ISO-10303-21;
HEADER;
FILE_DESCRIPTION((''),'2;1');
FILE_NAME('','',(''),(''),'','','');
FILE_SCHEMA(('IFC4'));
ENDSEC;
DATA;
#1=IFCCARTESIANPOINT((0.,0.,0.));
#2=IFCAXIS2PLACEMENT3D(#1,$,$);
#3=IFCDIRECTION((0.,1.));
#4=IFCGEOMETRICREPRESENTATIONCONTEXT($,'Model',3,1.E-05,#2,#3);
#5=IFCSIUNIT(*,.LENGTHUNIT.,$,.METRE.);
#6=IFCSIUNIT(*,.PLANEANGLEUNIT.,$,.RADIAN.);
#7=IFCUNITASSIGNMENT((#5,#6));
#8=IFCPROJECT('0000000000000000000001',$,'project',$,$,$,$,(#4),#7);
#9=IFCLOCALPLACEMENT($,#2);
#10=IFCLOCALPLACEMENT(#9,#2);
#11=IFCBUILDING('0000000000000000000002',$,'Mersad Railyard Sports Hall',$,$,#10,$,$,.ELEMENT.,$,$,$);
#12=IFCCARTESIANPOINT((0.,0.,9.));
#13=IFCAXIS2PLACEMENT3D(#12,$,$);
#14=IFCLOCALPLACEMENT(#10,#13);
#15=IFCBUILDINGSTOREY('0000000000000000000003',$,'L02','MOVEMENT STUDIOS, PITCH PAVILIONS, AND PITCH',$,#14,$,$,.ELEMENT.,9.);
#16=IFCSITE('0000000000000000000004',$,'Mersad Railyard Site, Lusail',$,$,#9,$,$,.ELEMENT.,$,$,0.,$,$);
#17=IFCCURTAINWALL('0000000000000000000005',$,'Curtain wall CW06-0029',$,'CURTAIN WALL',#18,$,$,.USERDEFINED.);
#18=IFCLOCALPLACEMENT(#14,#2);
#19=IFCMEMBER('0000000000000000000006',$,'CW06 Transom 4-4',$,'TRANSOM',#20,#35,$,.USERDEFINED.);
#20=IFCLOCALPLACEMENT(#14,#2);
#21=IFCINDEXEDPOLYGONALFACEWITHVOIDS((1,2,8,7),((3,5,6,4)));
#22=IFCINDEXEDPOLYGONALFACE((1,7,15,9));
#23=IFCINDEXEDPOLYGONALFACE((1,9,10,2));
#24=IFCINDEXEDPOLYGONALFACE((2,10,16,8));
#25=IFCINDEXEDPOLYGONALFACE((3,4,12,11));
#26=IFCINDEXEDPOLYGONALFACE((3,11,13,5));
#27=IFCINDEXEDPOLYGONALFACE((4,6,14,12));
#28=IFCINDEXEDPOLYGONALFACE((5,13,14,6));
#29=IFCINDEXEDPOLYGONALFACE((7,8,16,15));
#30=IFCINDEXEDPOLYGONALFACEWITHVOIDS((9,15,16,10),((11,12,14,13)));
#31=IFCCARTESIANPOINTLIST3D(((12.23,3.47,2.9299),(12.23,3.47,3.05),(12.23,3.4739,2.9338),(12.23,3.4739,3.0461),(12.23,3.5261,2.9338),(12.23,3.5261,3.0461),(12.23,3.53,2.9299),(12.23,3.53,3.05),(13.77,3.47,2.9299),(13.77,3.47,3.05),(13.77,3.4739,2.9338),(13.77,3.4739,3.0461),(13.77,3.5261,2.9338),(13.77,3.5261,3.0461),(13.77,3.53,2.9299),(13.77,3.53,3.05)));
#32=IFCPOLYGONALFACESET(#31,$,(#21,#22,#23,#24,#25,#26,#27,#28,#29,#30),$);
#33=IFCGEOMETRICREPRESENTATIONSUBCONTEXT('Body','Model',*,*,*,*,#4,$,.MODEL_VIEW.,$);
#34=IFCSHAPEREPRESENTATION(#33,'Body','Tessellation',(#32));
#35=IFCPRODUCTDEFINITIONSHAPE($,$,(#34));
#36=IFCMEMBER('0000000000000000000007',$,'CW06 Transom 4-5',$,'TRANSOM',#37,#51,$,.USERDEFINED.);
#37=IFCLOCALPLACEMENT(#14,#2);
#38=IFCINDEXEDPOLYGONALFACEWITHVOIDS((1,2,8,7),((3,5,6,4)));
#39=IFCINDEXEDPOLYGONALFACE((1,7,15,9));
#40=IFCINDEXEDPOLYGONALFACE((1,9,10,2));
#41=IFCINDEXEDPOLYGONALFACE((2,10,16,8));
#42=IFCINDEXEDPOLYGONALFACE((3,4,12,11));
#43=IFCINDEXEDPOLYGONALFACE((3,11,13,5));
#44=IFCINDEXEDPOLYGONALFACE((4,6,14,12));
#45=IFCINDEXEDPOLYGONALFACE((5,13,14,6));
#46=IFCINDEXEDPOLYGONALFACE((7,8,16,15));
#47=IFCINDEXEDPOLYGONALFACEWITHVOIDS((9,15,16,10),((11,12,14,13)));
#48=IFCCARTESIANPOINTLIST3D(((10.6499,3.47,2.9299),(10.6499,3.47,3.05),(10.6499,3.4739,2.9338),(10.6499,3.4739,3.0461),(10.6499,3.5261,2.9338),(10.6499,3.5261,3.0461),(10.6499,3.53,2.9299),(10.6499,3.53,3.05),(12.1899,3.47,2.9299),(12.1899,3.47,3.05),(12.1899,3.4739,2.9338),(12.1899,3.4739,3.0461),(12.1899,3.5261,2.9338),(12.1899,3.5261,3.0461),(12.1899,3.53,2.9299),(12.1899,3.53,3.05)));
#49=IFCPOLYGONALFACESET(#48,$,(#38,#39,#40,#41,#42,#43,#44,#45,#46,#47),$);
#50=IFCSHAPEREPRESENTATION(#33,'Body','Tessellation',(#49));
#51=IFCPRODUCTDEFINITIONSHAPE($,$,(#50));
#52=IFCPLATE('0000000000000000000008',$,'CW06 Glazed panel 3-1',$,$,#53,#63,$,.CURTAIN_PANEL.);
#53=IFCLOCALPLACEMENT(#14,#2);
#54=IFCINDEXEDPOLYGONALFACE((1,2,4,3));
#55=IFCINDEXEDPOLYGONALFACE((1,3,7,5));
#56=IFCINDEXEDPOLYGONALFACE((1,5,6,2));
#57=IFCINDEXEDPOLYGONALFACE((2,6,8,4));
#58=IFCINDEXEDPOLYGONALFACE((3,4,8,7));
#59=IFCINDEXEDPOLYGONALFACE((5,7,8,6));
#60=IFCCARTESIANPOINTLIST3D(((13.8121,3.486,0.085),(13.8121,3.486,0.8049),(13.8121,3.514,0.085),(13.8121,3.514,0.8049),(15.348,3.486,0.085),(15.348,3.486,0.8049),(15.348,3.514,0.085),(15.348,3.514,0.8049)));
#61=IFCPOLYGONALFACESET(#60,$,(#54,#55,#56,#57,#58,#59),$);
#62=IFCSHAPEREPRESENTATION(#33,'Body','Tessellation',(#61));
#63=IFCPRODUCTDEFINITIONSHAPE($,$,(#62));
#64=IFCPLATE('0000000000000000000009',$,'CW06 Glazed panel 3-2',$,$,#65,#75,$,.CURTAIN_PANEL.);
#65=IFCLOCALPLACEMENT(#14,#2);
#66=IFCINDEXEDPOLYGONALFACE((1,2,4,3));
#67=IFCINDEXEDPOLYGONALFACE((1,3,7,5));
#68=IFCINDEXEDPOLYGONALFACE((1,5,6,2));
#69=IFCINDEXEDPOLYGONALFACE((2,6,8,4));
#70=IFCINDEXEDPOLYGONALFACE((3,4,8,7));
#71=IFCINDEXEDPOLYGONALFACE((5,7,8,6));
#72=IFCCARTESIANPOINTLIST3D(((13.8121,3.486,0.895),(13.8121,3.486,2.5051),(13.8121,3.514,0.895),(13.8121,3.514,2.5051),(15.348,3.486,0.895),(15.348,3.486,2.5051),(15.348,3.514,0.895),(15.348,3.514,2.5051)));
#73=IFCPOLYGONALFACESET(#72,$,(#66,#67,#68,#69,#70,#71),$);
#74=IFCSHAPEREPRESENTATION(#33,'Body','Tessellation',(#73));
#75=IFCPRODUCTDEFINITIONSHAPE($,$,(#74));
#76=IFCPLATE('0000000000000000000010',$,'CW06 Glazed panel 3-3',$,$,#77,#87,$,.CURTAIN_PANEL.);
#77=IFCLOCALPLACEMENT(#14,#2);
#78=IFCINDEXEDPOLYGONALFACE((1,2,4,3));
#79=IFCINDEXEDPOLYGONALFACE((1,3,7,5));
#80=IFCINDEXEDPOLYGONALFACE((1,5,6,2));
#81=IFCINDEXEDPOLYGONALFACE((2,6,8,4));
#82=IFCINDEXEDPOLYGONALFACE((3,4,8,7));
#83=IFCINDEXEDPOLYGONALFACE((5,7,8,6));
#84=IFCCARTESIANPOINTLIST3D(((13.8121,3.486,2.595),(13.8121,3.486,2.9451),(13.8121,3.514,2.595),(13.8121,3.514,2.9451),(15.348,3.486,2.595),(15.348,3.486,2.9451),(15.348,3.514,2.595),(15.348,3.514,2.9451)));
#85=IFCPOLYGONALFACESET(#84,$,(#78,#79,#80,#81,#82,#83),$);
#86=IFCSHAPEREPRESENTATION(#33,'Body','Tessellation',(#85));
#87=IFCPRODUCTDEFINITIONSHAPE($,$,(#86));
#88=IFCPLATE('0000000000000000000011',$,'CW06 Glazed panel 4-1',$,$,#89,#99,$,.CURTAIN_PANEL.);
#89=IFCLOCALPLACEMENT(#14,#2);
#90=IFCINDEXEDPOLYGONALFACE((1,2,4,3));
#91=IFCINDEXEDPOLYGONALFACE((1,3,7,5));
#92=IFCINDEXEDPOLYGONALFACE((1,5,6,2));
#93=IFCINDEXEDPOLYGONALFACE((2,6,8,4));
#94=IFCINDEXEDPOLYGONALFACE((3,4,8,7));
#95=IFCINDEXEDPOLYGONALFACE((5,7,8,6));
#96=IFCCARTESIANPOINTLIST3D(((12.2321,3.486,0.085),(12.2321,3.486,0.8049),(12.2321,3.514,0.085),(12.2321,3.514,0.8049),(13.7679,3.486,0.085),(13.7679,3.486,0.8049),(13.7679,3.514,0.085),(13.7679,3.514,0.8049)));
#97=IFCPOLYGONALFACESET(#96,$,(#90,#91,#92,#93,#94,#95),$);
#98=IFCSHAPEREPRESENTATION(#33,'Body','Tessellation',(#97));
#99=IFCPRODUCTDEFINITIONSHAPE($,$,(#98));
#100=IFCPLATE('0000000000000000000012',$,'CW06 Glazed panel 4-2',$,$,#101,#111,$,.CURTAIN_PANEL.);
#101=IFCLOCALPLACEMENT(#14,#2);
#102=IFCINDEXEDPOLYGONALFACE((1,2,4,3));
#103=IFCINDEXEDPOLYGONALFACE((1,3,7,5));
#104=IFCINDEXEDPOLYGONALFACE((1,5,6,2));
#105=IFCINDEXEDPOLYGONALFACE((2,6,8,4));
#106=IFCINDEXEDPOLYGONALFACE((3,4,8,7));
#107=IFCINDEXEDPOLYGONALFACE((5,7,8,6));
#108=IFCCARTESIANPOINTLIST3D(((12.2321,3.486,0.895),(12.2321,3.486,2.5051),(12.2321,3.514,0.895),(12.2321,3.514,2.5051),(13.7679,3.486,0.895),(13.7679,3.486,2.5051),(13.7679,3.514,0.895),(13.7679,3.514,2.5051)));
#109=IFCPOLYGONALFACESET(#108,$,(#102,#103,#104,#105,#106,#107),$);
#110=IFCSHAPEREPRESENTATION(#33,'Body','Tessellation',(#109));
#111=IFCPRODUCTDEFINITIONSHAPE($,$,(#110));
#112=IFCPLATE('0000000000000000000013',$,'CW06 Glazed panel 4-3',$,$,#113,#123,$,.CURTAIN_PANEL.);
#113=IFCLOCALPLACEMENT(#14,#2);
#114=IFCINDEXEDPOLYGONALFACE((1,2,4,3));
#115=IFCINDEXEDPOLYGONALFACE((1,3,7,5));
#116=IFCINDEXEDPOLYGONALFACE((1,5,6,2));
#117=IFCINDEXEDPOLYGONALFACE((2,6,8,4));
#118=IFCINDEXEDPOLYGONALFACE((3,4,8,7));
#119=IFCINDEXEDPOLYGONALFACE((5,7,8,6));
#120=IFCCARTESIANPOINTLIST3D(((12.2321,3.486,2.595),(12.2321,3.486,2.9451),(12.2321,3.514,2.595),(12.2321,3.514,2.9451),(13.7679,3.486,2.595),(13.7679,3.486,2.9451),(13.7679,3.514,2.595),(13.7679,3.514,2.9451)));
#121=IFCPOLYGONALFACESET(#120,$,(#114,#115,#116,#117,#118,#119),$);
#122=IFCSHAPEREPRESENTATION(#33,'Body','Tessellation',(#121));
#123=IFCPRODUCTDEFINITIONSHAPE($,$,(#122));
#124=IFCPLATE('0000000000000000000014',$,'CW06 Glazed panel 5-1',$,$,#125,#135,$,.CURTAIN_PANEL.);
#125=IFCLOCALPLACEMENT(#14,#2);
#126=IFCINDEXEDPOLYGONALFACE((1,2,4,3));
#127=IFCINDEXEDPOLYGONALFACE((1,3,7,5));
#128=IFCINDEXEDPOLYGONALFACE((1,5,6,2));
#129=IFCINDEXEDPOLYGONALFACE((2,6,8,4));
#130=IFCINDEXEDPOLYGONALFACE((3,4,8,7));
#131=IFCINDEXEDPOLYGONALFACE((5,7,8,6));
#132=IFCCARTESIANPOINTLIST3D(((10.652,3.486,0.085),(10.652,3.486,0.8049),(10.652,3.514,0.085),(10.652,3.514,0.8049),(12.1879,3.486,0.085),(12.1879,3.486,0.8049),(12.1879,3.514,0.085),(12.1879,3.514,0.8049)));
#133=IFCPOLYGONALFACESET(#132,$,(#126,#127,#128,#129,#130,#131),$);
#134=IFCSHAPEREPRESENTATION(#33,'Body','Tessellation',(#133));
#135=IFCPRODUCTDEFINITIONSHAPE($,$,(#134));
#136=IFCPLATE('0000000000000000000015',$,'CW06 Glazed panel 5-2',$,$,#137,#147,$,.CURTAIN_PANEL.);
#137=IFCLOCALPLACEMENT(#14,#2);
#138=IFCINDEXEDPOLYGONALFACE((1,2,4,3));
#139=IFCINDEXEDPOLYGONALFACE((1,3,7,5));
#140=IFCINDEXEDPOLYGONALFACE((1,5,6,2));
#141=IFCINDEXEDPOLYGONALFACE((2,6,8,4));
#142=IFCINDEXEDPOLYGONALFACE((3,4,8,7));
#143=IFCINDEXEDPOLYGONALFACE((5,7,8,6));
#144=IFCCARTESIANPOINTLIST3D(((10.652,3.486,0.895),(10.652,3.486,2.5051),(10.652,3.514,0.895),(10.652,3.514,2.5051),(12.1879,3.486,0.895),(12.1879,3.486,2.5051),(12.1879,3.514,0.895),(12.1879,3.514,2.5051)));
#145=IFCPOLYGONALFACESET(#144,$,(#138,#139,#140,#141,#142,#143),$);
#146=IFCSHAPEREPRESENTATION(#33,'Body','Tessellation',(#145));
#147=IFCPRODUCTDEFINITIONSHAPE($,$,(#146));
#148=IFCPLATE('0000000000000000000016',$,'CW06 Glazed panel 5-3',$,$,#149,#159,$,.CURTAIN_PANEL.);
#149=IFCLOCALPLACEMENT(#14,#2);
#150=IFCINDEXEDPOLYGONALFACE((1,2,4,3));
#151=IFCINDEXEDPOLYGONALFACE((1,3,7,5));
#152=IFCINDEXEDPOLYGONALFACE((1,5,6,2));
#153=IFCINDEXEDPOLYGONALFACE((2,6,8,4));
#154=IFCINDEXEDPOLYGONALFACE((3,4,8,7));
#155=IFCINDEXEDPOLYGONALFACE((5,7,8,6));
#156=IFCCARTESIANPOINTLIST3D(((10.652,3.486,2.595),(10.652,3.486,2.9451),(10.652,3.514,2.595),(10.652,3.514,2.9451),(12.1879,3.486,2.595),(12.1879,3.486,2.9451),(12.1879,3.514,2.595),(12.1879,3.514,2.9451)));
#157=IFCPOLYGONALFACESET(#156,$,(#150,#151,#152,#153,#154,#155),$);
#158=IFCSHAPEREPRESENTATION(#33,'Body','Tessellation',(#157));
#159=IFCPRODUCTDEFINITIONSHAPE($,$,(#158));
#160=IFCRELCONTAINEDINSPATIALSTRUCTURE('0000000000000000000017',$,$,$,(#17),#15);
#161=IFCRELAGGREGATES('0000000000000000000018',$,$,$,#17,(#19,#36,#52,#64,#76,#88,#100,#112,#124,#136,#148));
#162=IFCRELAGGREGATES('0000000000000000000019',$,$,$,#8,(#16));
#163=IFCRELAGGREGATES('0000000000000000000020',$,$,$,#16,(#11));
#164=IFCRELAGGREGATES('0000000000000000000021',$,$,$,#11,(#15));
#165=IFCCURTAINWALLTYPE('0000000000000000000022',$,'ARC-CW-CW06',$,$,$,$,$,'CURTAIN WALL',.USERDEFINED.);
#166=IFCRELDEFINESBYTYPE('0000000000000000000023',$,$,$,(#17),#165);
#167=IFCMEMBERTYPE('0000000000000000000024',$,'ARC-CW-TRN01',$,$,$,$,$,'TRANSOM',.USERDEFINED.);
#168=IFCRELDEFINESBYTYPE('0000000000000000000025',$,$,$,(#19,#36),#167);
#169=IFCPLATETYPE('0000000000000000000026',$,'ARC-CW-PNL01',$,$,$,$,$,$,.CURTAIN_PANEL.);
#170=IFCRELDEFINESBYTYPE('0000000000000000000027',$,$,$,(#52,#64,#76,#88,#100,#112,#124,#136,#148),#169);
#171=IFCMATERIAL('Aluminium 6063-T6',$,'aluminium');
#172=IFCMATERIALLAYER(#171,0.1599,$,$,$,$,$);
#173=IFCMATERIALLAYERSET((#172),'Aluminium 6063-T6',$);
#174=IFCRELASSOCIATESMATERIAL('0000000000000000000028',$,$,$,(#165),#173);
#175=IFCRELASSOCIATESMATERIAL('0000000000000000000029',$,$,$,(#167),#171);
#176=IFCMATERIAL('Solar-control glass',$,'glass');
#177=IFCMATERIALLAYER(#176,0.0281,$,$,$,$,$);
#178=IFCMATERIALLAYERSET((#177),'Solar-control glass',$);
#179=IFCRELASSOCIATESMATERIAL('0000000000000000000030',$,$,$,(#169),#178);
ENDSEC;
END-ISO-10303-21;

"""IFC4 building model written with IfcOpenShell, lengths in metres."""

from ifc_helpers import new_model, si_unit, direction, frame, origin, origin_2d, place, context, subcontext, project, spatial, rectangle, hollow_rectangle, extrude, material, layer, layer_set, material_profile, profile_set, type_object, element, aggregate, save


model = new_model("IFC4")

# Units and contexts
model_context = context("Model", 3, precision=1e-05, world=origin(), true_north=direction((0.0, 1.0)))
body_context = subcontext(model_context, "Body", "Model", "MODEL_VIEW")
ifc_project = project(units=[si_unit("LENGTHUNIT", "METRE"), si_unit("PLANEANGLEUNIT", "RADIAN")], contexts=[model_context])

# Site, building, storey
site_placement = place(None, origin())
site = spatial("IfcSite", under=ifc_project, at=site_placement, Name="Mersad Railyard Site, Lusail", CompositionType="ELEMENT", RefElevation=0.0)
building_placement = place(site_placement, origin())
building = spatial("IfcBuilding", under=site, at=building_placement, Name="Mersad Railyard Sports Hall", CompositionType="ELEMENT")
storey_placement = place(building_placement, frame((0.0, 0.0, 9.0)))
storey = spatial("IfcBuildingStorey", under=building, at=storey_placement, Name="L02", Description="MOVEMENT STUDIOS, PITCH PAVILIONS, AND PITCH", CompositionType="ELEMENT", Elevation=9.0)

# Curtain wall, members, plates
ifc_material_1 = material(Name="Aluminium 6063-T6", Category="aluminium")
ifc_layer_1 = layer(ifc_material_1, 0.1599)
ifc_layer_set_1 = layer_set([ifc_layer_1], Name="Aluminium 6063-T6")
curtain_wall_type = type_object("IfcCurtainWallType", Name="ARC-CW-CW06", ElementType="CURTAIN WALL", PredefinedType="USERDEFINED", material=ifc_layer_set_1)
curtain_wall_placement = place(storey_placement, origin())
curtain_wall = element("IfcCurtainWall", 1, at=curtain_wall_placement, inside=storey, type_object=curtain_wall_type, Name="Curtain wall CW06-0029", ObjectType="CURTAIN WALL", PredefinedType="USERDEFINED")
ifc_material_profile_1 = material_profile(ifc_material_1, hollow_rectangle(XDim=0.0601, YDim=0.1201, WallThickness=0.0039, at=origin_2d()), Name="AL TRANSOM 60x120x4")
ifc_profile_set_1 = profile_set([ifc_material_profile_1], Name="Aluminium 6063-T6")
member_type_1 = type_object("IfcMemberType", Name="ARC-CW-TRN01", ElementType="TRANSOM", PredefinedType="USERDEFINED", material=ifc_profile_set_1)
member_1_placement = place(storey_placement, frame((13.77, 3.5, 2.99), z_axis=(-1.0, 0.0, 0.0), x_axis=(0.0, -1.0, 0.0)))
member_1 = element("IfcMember", 2, at=member_1_placement, type_object=member_type_1, Name="CW06 Transom 4-4", ObjectType="TRANSOM", PredefinedType="USERDEFINED", context=body_context, shape_type="SweptSolid", body=[
    extrude(hollow_rectangle(XDim=0.0601, YDim=0.1201, WallThickness=0.0039, at=origin_2d()), origin(), (0.0, 0.0, 1.0), 1.54),
])
member_2_placement = place(storey_placement, frame((12.1899, 3.5, 2.99), z_axis=(-1.0, 0.0, 0.0), x_axis=(0.0, -1.0, 0.0)))
member_2 = element("IfcMember", 3, at=member_2_placement, type_object=member_type_1, Name="CW06 Transom 4-5", ObjectType="TRANSOM", PredefinedType="USERDEFINED", context=body_context, shape_type="SweptSolid", body=[
    extrude(hollow_rectangle(XDim=0.0601, YDim=0.1201, WallThickness=0.0039, at=origin_2d()), origin(), (0.0, 0.0, 1.0), 1.54),
])
ifc_material_2 = material(Name="Solar-control glass", Category="glass")
ifc_layer_2 = layer(ifc_material_2, 0.0281)
ifc_layer_set_2 = layer_set([ifc_layer_2], Name="Solar-control glass")
plate_type = type_object("IfcPlateType", Name="ARC-CW-PNL01", PredefinedType="CURTAIN_PANEL", material=ifc_layer_set_2)
plate_1_placement = place(storey_placement, frame((14.5801, 3.5, 0.085), z_axis=(0.0, 0.0, 1.0), x_axis=(-1.0, 0.0, 0.0)))
plate_1 = element("IfcPlate", 4, at=plate_1_placement, type_object=plate_type, Name="CW06 Glazed panel 3-1", PredefinedType="CURTAIN_PANEL", context=body_context, shape_type="SweptSolid", body=[
    extrude(rectangle(XDim=1.5359, YDim=0.0281, at=origin_2d()), origin(), (0.0, 0.0, 1.0), 0.72),
])
plate_2_placement = place(storey_placement, frame((14.5801, 3.5, 0.895), z_axis=(0.0, 0.0, 1.0), x_axis=(-1.0, 0.0, 0.0)))
plate_2 = element("IfcPlate", 5, at=plate_2_placement, type_object=plate_type, Name="CW06 Glazed panel 3-2", PredefinedType="CURTAIN_PANEL", context=body_context, shape_type="SweptSolid", body=[
    extrude(rectangle(XDim=1.5359, YDim=0.0281, at=origin_2d()), origin(), (0.0, 0.0, 1.0), 1.6101),
])
plate_3_placement = place(storey_placement, frame((14.5801, 3.5, 2.595), z_axis=(0.0, 0.0, 1.0), x_axis=(-1.0, 0.0, 0.0)))
plate_3 = element("IfcPlate", 6, at=plate_3_placement, type_object=plate_type, Name="CW06 Glazed panel 3-3", PredefinedType="CURTAIN_PANEL", context=body_context, shape_type="SweptSolid", body=[
    extrude(rectangle(XDim=1.5359, YDim=0.0281, at=origin_2d()), origin(), (0.0, 0.0, 1.0), 0.3501),
])
plate_4_placement = place(storey_placement, frame((13.0, 3.5, 0.085), z_axis=(0.0, 0.0, 1.0), x_axis=(-1.0, 0.0, 0.0)))
plate_4 = element("IfcPlate", 7, at=plate_4_placement, type_object=plate_type, Name="CW06 Glazed panel 4-1", PredefinedType="CURTAIN_PANEL", context=body_context, shape_type="SweptSolid", body=[
    extrude(rectangle(XDim=1.5359, YDim=0.0281, at=origin_2d()), origin(), (0.0, 0.0, 1.0), 0.72),
])
plate_5_placement = place(storey_placement, frame((13.0, 3.5, 0.895), z_axis=(0.0, 0.0, 1.0), x_axis=(-1.0, 0.0, 0.0)))
plate_5 = element("IfcPlate", 8, at=plate_5_placement, type_object=plate_type, Name="CW06 Glazed panel 4-2", PredefinedType="CURTAIN_PANEL", context=body_context, shape_type="SweptSolid", body=[
    extrude(rectangle(XDim=1.5359, YDim=0.0281, at=origin_2d()), origin(), (0.0, 0.0, 1.0), 1.6101),
])
plate_6_placement = place(storey_placement, frame((13.0, 3.5, 2.595), z_axis=(0.0, 0.0, 1.0), x_axis=(-1.0, 0.0, 0.0)))
plate_6 = element("IfcPlate", 9, at=plate_6_placement, type_object=plate_type, Name="CW06 Glazed panel 4-3", PredefinedType="CURTAIN_PANEL", context=body_context, shape_type="SweptSolid", body=[
    extrude(rectangle(XDim=1.5359, YDim=0.0281, at=origin_2d()), origin(), (0.0, 0.0, 1.0), 0.3501),
])
plate_7_placement = place(storey_placement, frame((11.4199, 3.5, 0.085), z_axis=(0.0, 0.0, 1.0), x_axis=(-1.0, 0.0, 0.0)))
plate_7 = element("IfcPlate", 10, at=plate_7_placement, type_object=plate_type, Name="CW06 Glazed panel 5-1", PredefinedType="CURTAIN_PANEL", context=body_context, shape_type="SweptSolid", body=[
    extrude(rectangle(XDim=1.5359, YDim=0.0281, at=origin_2d()), origin(), (0.0, 0.0, 1.0), 0.72),
])
plate_8_placement = place(storey_placement, frame((11.4199, 3.5, 0.895), z_axis=(0.0, 0.0, 1.0), x_axis=(-1.0, 0.0, 0.0)))
plate_8 = element("IfcPlate", 11, at=plate_8_placement, type_object=plate_type, Name="CW06 Glazed panel 5-2", PredefinedType="CURTAIN_PANEL", context=body_context, shape_type="SweptSolid", body=[
    extrude(rectangle(XDim=1.5359, YDim=0.0281, at=origin_2d()), origin(), (0.0, 0.0, 1.0), 1.6101),
])
plate_9_placement = place(storey_placement, frame((11.4199, 3.5, 2.595), z_axis=(0.0, 0.0, 1.0), x_axis=(-1.0, 0.0, 0.0)))
plate_9 = element("IfcPlate", 12, at=plate_9_placement, type_object=plate_type, Name="CW06 Glazed panel 5-3", PredefinedType="CURTAIN_PANEL", context=body_context, shape_type="SweptSolid", body=[
    extrude(rectangle(XDim=1.5359, YDim=0.0281, at=origin_2d()), origin(), (0.0, 0.0, 1.0), 0.3501),
])
aggregate(curtain_wall, [member_1, member_2, plate_1, plate_2, plate_3, plate_4, plate_5, plate_6, plate_7, plate_8, plate_9])

save(model, "model.ifc")
